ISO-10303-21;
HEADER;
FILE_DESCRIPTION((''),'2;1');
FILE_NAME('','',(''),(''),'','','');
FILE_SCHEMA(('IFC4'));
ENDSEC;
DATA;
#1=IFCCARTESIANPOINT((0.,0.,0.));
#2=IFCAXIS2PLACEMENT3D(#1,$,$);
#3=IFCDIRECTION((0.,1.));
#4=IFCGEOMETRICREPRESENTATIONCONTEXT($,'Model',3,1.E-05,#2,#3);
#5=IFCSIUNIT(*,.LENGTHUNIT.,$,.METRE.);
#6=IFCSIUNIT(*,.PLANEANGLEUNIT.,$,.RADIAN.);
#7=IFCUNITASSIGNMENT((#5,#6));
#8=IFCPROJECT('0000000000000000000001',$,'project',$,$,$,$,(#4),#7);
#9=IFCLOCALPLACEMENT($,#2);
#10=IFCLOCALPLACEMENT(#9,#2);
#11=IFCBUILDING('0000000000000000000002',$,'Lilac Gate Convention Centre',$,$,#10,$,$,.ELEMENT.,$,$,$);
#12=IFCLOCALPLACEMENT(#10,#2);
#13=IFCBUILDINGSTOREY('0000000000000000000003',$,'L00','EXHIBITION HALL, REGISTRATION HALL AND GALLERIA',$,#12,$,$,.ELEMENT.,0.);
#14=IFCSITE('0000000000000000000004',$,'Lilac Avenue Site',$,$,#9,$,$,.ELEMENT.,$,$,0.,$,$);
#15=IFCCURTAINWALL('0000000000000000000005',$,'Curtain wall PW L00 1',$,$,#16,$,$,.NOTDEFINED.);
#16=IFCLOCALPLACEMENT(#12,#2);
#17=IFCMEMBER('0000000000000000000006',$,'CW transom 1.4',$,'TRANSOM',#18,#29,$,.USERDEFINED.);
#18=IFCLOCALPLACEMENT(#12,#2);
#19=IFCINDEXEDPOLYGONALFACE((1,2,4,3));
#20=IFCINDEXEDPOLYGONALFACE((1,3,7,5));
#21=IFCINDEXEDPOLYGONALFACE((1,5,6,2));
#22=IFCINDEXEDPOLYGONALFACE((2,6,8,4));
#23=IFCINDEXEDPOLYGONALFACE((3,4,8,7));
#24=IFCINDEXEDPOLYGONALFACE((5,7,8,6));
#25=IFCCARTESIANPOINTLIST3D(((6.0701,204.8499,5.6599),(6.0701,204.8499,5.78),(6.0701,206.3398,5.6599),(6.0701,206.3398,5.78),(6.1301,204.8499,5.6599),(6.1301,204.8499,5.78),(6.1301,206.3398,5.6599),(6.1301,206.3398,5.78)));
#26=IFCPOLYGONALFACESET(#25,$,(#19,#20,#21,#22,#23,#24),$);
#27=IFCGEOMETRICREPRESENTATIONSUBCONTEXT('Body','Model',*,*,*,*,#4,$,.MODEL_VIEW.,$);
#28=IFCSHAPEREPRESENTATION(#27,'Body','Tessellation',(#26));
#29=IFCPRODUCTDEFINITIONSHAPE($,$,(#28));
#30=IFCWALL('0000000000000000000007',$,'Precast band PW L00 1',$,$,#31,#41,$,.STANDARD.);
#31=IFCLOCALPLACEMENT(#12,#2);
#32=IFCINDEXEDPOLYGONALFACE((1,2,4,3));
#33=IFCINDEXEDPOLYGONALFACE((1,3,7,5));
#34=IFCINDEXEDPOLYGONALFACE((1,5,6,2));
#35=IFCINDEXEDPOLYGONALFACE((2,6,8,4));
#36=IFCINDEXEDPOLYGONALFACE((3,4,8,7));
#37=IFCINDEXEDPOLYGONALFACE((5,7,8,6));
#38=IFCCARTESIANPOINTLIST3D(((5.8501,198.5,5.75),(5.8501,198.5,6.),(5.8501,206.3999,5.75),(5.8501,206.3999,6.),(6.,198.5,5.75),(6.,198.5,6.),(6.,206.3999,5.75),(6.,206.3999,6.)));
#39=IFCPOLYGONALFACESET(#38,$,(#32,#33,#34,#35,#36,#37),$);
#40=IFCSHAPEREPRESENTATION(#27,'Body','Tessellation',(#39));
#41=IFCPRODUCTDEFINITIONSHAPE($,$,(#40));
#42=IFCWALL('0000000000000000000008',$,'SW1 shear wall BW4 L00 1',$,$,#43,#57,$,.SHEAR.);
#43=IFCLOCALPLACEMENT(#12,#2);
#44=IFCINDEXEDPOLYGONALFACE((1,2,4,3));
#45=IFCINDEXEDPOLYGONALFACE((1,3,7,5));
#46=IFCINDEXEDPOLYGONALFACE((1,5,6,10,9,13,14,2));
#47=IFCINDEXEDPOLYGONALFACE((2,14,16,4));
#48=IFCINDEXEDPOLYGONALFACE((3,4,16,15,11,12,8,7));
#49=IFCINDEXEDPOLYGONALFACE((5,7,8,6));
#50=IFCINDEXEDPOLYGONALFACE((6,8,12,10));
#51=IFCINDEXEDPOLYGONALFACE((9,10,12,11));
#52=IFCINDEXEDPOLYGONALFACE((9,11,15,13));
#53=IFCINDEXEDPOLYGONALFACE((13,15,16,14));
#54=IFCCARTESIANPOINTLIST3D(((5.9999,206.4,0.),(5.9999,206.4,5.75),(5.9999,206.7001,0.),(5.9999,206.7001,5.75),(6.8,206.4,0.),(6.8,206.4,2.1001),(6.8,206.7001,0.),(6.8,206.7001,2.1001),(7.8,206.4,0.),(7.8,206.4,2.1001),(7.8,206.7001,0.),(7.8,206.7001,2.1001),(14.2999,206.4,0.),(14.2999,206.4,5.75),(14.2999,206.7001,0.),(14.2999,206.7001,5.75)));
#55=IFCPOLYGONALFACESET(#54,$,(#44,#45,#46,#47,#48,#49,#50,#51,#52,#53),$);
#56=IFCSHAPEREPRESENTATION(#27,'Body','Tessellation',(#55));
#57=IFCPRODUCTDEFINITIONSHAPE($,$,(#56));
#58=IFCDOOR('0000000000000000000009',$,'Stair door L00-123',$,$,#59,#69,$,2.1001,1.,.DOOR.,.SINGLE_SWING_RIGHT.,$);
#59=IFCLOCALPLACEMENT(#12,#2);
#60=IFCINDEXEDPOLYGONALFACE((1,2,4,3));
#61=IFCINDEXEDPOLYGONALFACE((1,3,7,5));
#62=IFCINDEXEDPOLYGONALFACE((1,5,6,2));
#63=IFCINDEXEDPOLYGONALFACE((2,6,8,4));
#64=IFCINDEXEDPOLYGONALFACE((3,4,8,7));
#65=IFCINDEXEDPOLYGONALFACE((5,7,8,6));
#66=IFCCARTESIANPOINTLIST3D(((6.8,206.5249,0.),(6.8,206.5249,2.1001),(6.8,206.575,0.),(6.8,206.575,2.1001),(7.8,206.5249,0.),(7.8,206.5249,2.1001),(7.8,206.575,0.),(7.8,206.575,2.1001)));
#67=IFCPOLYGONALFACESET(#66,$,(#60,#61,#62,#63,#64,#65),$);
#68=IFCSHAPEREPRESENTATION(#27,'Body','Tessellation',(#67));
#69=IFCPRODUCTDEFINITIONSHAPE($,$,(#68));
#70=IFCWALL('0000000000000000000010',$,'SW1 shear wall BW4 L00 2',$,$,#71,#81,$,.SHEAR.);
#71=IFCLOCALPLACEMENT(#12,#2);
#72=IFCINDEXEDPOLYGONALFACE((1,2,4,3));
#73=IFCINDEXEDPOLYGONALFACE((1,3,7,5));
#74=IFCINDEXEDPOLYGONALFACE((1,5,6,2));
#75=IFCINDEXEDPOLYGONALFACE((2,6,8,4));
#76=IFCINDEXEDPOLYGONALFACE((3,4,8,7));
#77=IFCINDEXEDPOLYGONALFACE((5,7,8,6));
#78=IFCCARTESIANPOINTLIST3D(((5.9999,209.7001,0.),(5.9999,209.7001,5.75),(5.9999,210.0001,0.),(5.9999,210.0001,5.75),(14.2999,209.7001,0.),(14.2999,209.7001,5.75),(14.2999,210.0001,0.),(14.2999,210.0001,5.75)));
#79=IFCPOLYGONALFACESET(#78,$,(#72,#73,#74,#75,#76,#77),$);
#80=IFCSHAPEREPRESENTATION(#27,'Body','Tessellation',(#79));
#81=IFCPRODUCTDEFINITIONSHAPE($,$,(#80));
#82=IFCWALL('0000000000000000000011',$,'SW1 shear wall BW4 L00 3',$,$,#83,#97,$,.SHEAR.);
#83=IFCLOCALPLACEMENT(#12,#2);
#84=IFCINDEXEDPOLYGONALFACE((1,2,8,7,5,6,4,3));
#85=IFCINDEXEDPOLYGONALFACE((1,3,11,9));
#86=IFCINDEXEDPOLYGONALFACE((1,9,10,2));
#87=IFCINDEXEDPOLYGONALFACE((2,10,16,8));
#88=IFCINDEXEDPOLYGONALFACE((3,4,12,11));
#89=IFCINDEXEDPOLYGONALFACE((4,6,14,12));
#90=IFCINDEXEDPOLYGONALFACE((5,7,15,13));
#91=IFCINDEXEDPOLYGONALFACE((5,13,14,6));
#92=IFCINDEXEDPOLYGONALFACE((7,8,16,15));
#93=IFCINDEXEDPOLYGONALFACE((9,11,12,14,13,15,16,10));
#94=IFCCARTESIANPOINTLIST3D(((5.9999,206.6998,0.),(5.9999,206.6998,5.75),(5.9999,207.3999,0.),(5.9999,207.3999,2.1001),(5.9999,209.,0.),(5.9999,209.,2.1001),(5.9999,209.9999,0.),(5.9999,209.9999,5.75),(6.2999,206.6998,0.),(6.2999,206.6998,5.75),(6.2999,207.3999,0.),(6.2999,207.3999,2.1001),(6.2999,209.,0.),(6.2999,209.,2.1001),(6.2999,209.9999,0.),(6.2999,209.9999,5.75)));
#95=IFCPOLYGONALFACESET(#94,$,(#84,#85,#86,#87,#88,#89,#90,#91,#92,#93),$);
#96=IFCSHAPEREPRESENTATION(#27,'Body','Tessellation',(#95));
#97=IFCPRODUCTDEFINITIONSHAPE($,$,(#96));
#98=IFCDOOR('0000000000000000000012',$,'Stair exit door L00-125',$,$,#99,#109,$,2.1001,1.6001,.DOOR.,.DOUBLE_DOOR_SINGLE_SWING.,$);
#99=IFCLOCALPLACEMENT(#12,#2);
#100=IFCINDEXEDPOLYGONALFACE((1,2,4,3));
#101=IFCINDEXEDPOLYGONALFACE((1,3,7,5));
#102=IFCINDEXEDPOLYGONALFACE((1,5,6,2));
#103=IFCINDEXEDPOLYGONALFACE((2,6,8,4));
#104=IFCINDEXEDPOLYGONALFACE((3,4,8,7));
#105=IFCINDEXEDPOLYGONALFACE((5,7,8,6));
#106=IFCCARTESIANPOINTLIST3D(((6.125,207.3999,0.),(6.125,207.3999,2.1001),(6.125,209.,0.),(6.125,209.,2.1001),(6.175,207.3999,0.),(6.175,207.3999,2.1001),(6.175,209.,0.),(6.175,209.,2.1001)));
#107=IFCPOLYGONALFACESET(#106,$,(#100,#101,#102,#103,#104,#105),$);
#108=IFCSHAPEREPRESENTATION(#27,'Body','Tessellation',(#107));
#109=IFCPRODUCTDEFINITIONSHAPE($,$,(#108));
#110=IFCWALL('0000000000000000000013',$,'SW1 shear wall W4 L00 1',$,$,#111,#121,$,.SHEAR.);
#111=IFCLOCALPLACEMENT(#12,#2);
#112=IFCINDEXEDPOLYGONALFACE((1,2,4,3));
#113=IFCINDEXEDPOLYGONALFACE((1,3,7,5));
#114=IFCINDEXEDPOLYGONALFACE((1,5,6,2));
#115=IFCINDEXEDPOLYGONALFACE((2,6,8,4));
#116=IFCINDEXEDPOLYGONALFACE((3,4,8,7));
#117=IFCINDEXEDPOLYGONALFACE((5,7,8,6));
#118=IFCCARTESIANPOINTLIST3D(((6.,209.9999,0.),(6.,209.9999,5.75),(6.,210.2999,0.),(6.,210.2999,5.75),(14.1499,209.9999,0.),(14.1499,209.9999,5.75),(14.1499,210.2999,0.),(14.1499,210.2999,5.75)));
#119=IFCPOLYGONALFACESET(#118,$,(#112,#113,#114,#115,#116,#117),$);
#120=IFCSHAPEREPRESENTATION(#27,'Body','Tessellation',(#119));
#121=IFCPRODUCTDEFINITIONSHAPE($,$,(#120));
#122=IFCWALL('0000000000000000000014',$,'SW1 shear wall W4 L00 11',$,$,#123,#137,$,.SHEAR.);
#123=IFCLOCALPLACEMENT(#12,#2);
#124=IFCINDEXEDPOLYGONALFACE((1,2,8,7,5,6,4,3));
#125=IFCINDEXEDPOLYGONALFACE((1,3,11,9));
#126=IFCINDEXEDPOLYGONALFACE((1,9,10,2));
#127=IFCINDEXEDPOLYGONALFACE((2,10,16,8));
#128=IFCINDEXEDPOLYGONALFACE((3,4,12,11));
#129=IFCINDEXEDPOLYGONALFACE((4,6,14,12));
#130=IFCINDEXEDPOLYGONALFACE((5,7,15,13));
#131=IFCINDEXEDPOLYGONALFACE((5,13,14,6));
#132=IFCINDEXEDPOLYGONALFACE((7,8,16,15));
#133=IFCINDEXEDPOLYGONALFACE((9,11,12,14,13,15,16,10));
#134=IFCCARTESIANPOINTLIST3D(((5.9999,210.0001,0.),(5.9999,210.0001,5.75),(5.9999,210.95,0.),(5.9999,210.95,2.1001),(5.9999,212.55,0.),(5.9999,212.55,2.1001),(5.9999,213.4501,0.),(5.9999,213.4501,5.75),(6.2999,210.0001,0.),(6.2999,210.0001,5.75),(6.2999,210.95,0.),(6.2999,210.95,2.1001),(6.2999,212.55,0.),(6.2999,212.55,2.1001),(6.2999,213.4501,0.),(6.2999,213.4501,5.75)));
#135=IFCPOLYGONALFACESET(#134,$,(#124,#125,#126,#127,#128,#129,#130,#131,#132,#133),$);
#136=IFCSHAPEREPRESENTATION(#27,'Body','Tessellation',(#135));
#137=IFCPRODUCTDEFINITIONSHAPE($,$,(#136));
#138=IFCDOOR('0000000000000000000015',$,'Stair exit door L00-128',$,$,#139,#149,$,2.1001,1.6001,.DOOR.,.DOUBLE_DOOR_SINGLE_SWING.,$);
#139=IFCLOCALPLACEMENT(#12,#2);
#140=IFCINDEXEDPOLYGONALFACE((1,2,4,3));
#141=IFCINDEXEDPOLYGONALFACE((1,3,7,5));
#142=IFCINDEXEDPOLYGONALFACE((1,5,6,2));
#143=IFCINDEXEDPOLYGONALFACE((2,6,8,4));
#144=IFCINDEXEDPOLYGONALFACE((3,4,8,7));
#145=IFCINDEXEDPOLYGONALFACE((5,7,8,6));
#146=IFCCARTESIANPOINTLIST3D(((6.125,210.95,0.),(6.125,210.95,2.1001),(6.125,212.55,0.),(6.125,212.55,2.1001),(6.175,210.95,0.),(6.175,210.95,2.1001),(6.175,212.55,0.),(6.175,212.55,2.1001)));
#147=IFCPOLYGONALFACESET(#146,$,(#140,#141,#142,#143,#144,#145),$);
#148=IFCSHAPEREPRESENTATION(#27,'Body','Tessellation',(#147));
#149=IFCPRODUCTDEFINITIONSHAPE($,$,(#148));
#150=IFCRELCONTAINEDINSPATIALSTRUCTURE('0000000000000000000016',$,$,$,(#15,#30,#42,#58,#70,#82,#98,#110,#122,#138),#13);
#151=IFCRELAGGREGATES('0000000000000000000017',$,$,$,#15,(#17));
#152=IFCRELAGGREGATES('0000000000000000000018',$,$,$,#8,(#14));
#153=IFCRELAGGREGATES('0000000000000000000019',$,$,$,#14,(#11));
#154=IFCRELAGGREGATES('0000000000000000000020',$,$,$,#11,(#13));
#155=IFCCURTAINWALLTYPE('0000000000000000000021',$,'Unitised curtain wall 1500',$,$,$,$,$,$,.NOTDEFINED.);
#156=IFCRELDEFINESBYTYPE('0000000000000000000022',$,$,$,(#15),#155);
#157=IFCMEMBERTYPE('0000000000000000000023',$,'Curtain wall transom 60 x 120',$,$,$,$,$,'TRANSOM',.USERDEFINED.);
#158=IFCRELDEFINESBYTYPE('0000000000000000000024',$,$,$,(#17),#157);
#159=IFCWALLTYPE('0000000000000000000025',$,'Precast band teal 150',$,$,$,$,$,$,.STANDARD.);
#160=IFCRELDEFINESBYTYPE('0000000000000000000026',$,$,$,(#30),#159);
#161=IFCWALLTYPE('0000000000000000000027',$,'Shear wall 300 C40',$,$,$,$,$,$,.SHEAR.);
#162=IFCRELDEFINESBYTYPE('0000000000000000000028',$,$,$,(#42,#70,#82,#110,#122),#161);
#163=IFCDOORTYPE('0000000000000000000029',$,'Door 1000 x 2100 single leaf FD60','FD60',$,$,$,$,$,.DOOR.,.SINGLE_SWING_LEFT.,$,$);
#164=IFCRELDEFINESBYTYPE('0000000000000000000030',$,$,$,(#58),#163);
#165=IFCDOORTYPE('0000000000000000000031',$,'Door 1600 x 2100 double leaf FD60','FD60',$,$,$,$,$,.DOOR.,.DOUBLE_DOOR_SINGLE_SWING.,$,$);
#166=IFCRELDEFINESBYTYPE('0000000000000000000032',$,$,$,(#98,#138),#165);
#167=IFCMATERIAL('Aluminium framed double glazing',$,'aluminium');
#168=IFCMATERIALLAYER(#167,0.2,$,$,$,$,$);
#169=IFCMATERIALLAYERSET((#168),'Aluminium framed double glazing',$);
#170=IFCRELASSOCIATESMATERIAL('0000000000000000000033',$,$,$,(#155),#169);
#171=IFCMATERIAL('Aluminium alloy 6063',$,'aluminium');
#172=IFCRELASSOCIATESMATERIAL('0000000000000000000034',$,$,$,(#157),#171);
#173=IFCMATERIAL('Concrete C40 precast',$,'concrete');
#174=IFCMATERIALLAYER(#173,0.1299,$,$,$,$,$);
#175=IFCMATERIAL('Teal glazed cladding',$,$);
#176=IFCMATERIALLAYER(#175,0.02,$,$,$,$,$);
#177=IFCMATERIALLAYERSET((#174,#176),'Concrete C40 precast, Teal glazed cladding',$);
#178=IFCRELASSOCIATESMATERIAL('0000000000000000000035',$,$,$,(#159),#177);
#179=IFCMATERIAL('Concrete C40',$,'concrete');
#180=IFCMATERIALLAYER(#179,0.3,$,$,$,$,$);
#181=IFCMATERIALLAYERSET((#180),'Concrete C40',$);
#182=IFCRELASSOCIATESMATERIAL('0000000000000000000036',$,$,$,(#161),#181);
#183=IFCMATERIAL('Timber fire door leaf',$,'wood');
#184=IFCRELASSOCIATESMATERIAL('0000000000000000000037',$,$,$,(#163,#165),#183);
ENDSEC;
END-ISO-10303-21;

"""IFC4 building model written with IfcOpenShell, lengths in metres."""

from ifc_helpers import new_model, si_unit, direction, frame, frame_2d, origin, origin_2d, place, context, subcontext, project, spatial, rectangle, extrude, material, layer, layer_set, material_profile, profile_set, type_object, element, fill, aggregate, save


model = new_model("IFC4")

# Units and contexts
model_context = context("Model", 3, precision=1e-05, world=origin(), true_north=direction((0.0, 1.0)))
body_context = subcontext(model_context, "Body", "Model", "MODEL_VIEW")
ifc_project = project(units=[si_unit("LENGTHUNIT", "METRE"), si_unit("PLANEANGLEUNIT", "RADIAN")], contexts=[model_context])

# Site, building, storey
site_placement = place(None, origin())
site = spatial("IfcSite", under=ifc_project, at=site_placement, Name="Lilac Avenue Site", CompositionType="ELEMENT", RefElevation=0.0)
building_placement = place(site_placement, origin())
building = spatial("IfcBuilding", under=site, at=building_placement, Name="Lilac Gate Convention Centre", CompositionType="ELEMENT")
storey_placement = place(building_placement, origin())
storey = spatial("IfcBuildingStorey", under=building, at=storey_placement, Name="L00", Description="EXHIBITION HALL, REGISTRATION HALL AND GALLERIA", CompositionType="ELEMENT", Elevation=0.0)

# Curtain wall, member
ifc_material_1 = material(Name="Aluminium framed double glazing", Category="aluminium")
ifc_layer_1 = layer(ifc_material_1, 0.2)
ifc_layer_set_1 = layer_set([ifc_layer_1], Name="Aluminium framed double glazing")
curtain_wall_type = type_object("IfcCurtainWallType", Name="Unitised curtain wall 1500", PredefinedType="NOTDEFINED", material=ifc_layer_set_1)
curtain_wall_placement = place(storey_placement, origin())
curtain_wall = element("IfcCurtainWall", 1, at=curtain_wall_placement, inside=storey, type_object=curtain_wall_type, Name="Curtain wall PW L00 1", PredefinedType="NOTDEFINED")
ifc_material_2 = material(Name="Aluminium alloy 6063", Category="aluminium")
ifc_material_profile = material_profile(ifc_material_2, rectangle(XDim=0.0601, YDim=0.1201, at=origin_2d()), Name="Curtain wall transom 60 x 120")
ifc_profile_set = profile_set([ifc_material_profile], Name="Aluminium alloy 6063")
member_type = type_object("IfcMemberType", Name="Curtain wall transom 60 x 120", ElementType="TRANSOM", PredefinedType="USERDEFINED", material=ifc_profile_set)
member_placement = place(storey_placement, frame((6.1001, 206.3398, 5.72), z_axis=(0.0, -1.0, 0.0), x_axis=(1.0, 0.0, 0.0)))
member = element("IfcMember", 2, at=member_placement, type_object=member_type, Name="CW transom 1.4", ObjectType="TRANSOM", PredefinedType="USERDEFINED", context=body_context, shape_type="SweptSolid", body=[
    extrude(rectangle(XDim=0.0601, YDim=0.1201, at=origin_2d()), origin(), (0.0, 0.0, 1.0), 1.49),
])
aggregate(curtain_wall, [member])

# Wall
ifc_material_3 = material(Name="Concrete C40 precast", Category="concrete")
ifc_layer_2 = layer(ifc_material_3, 0.1299)
ifc_material_4 = material(Name="Teal glazed cladding")
ifc_layer_3 = layer(ifc_material_4, 0.02)
ifc_layer_set_2 = layer_set([ifc_layer_2, ifc_layer_3], Name="Concrete C40 precast, Teal glazed cladding")
wall_type_1 = type_object("IfcWallType", Name="Precast band teal 150", PredefinedType="STANDARD", material=ifc_layer_set_2)
wall_1_placement = place(storey_placement, frame((5.925, 206.3999, 5.75), z_axis=(0.0, 0.0, 1.0), x_axis=(0.0, -1.0, 0.0)))
element("IfcWall", 3, at=wall_1_placement, inside=storey, type_object=wall_type_1, Name="Precast band PW L00 1", PredefinedType="STANDARD", context=body_context, shape_type="SweptSolid", body=[
    extrude(rectangle(XDim=7.8999, YDim=0.1499, at=frame_2d((3.95, 0.0))), origin(), (0.0, 0.0, 1.0), 0.25),
])

# Wall, opening, door
ifc_material_5 = material(Name="Concrete C40", Category="concrete")
ifc_layer_4 = layer(ifc_material_5, 0.3)
ifc_layer_set_3 = layer_set([ifc_layer_4], Name="Concrete C40")
wall_type_2 = type_object("IfcWallType", Name="Shear wall 300 C40", PredefinedType="SHEAR", material=ifc_layer_set_3)
wall_2_placement = place(storey_placement, frame((6.0, 206.55, 0.0), z_axis=(0.0, 0.0, 1.0), x_axis=(1.0, 0.0, 0.0)))
wall_2 = element("IfcWall", 4, at=wall_2_placement, inside=storey, type_object=wall_type_2, Name="SW1 shear wall BW4 L00 1", PredefinedType="SHEAR", context=body_context, shape_type="SweptSolid", body=[
    extrude(rectangle(XDim=8.3, YDim=0.3, at=frame_2d((4.1499, 0.0))), origin(), (0.0, 0.0, 1.0), 5.75),
])
opening_1_placement = place(wall_2_placement, frame((0.8, 0.0, 0.0)))
opening_1 = element("IfcOpeningElement", 5, at=opening_1_placement, cuts=wall_2, PredefinedType="OPENING", context=body_context, shape_type="SweptSolid", body=[
    extrude(rectangle(XDim=1.0, YDim=2.1001, at=frame_2d((0.5, 1.05))), frame((0.0, 0.1599, 0.0), z_axis=(0.0, -1.0, 0.0), x_axis=(1.0, 0.0, 0.0)), (0.0, 0.0, 1.0), 0.3201),
])
ifc_material_6 = material(Name="Timber fire door leaf", Category="wood")
door_type_1 = type_object("IfcDoorType", Name="Door 1000 x 2100 single leaf FD60", Description="FD60", OperationType="SINGLE_SWING_LEFT", PredefinedType="DOOR", material=ifc_material_6)
door_1_placement = place(opening_1_placement, origin())
door_1 = element("IfcDoor", 6, at=door_1_placement, inside=storey, type_object=door_type_1, Name="Stair door L00-123", OperationType="SINGLE_SWING_RIGHT", OverallHeight=2.1001, OverallWidth=1.0, PredefinedType="DOOR", context=body_context, shape_type="SweptSolid", body=[
    extrude(rectangle(XDim=1.0, YDim=2.1001, at=frame_2d((0.5, 1.05))), frame((0.0, 0.0249, 0.0), z_axis=(0.0, -1.0, 0.0), x_axis=(1.0, 0.0, 0.0)), (0.0, 0.0, 1.0), 0.05),
])
fill(opening_1, door_1)

# Wall
wall_3_placement = place(storey_placement, frame((6.0, 209.8501, 0.0), z_axis=(0.0, 0.0, 1.0), x_axis=(1.0, 0.0, 0.0)))
element("IfcWall", 7, at=wall_3_placement, inside=storey, type_object=wall_type_2, Name="SW1 shear wall BW4 L00 2", PredefinedType="SHEAR", context=body_context, shape_type="SweptSolid", body=[
    extrude(rectangle(XDim=8.3, YDim=0.3, at=frame_2d((4.1499, 0.0))), origin(), (0.0, 0.0, 1.0), 5.75),
])

# Wall, opening, door
wall_4_placement = place(storey_placement, frame((6.1499, 206.7, 0.0), z_axis=(0.0, 0.0, 1.0), x_axis=(0.0, 1.0, 0.0)))
wall_4 = element("IfcWall", 8, at=wall_4_placement, inside=storey, type_object=wall_type_2, Name="SW1 shear wall BW4 L00 3", PredefinedType="SHEAR", context=body_context, shape_type="SweptSolid", body=[
    extrude(rectangle(XDim=3.3, YDim=0.3, at=frame_2d((1.6499, 0.0))), origin(), (0.0, 0.0, 1.0), 5.75),
])
opening_2_placement = place(wall_4_placement, frame((0.7, 0.0, 0.0)))
opening_2 = element("IfcOpeningElement", 9, at=opening_2_placement, cuts=wall_4, PredefinedType="OPENING", context=body_context, shape_type="SweptSolid", body=[
    extrude(rectangle(XDim=1.6001, YDim=2.1001, at=frame_2d((0.8, 1.05))), frame((0.0, 0.1599, 0.0), z_axis=(0.0, -1.0, 0.0), x_axis=(1.0, 0.0, 0.0)), (0.0, 0.0, 1.0), 0.3201),
])
door_type_2 = type_object("IfcDoorType", Name="Door 1600 x 2100 double leaf FD60", Description="FD60", OperationType="DOUBLE_DOOR_SINGLE_SWING", PredefinedType="DOOR", material=ifc_material_6)
door_2_placement = place(opening_2_placement, origin())
door_2 = element("IfcDoor", 10, at=door_2_placement, inside=storey, type_object=door_type_2, Name="Stair exit door L00-125", OperationType="DOUBLE_DOOR_SINGLE_SWING", OverallHeight=2.1001, OverallWidth=1.6001, PredefinedType="DOOR", context=body_context, shape_type="SweptSolid", body=[
    extrude(rectangle(XDim=1.6001, YDim=2.1001, at=frame_2d((0.8, 1.05))), frame((0.0, 0.0249, 0.0), z_axis=(0.0, -1.0, 0.0), x_axis=(1.0, 0.0, 0.0)), (0.0, 0.0, 1.0), 0.05),
])
fill(opening_2, door_2)

# Wall
wall_5_placement = place(storey_placement, frame((6.0, 210.1499, 0.0), z_axis=(0.0, 0.0, 1.0), x_axis=(1.0, 0.0, 0.0)))
element("IfcWall", 11, at=wall_5_placement, inside=storey, type_object=wall_type_2, Name="SW1 shear wall W4 L00 1", PredefinedType="SHEAR", context=body_context, shape_type="SweptSolid", body=[
    extrude(rectangle(XDim=8.1499, YDim=0.3, at=frame_2d((4.075, 0.0))), origin(), (0.0, 0.0, 1.0), 5.75),
])

# Wall, opening, door
wall_6_placement = place(storey_placement, frame((6.1499, 210.0, 0.0), z_axis=(0.0, 0.0, 1.0), x_axis=(0.0, 1.0, 0.0)))
wall_6 = element("IfcWall", 12, at=wall_6_placement, inside=storey, type_object=wall_type_2, Name="SW1 shear wall W4 L00 11", PredefinedType="SHEAR", context=body_context, shape_type="SweptSolid", body=[
    extrude(rectangle(XDim=3.45, YDim=0.3, at=frame_2d((1.7251, 0.0))), origin(), (0.0, 0.0, 1.0), 5.75),
])
opening_3_placement = place(wall_6_placement, frame((0.95, 0.0, 0.0)))
opening_3 = element("IfcOpeningElement", 13, at=opening_3_placement, cuts=wall_6, PredefinedType="OPENING", context=body_context, shape_type="SweptSolid", body=[
    extrude(rectangle(XDim=1.6001, YDim=2.1001, at=frame_2d((0.8, 1.05))), frame((0.0, 0.1599, 0.0), z_axis=(0.0, -1.0, 0.0), x_axis=(1.0, 0.0, 0.0)), (0.0, 0.0, 1.0), 0.3201),
])
door_3_placement = place(opening_3_placement, origin())
door_3 = element("IfcDoor", 14, at=door_3_placement, inside=storey, type_object=door_type_2, Name="Stair exit door L00-128", OperationType="DOUBLE_DOOR_SINGLE_SWING", OverallHeight=2.1001, OverallWidth=1.6001, PredefinedType="DOOR", context=body_context, shape_type="SweptSolid", body=[
    extrude(rectangle(XDim=1.6001, YDim=2.1001, at=frame_2d((0.8, 1.05))), frame((0.0, 0.0249, 0.0), z_axis=(0.0, -1.0, 0.0), x_axis=(1.0, 0.0, 0.0)), (0.0, 0.0, 1.0), 0.05),
])
fill(opening_3, door_3)

save(model, "model.ifc")
